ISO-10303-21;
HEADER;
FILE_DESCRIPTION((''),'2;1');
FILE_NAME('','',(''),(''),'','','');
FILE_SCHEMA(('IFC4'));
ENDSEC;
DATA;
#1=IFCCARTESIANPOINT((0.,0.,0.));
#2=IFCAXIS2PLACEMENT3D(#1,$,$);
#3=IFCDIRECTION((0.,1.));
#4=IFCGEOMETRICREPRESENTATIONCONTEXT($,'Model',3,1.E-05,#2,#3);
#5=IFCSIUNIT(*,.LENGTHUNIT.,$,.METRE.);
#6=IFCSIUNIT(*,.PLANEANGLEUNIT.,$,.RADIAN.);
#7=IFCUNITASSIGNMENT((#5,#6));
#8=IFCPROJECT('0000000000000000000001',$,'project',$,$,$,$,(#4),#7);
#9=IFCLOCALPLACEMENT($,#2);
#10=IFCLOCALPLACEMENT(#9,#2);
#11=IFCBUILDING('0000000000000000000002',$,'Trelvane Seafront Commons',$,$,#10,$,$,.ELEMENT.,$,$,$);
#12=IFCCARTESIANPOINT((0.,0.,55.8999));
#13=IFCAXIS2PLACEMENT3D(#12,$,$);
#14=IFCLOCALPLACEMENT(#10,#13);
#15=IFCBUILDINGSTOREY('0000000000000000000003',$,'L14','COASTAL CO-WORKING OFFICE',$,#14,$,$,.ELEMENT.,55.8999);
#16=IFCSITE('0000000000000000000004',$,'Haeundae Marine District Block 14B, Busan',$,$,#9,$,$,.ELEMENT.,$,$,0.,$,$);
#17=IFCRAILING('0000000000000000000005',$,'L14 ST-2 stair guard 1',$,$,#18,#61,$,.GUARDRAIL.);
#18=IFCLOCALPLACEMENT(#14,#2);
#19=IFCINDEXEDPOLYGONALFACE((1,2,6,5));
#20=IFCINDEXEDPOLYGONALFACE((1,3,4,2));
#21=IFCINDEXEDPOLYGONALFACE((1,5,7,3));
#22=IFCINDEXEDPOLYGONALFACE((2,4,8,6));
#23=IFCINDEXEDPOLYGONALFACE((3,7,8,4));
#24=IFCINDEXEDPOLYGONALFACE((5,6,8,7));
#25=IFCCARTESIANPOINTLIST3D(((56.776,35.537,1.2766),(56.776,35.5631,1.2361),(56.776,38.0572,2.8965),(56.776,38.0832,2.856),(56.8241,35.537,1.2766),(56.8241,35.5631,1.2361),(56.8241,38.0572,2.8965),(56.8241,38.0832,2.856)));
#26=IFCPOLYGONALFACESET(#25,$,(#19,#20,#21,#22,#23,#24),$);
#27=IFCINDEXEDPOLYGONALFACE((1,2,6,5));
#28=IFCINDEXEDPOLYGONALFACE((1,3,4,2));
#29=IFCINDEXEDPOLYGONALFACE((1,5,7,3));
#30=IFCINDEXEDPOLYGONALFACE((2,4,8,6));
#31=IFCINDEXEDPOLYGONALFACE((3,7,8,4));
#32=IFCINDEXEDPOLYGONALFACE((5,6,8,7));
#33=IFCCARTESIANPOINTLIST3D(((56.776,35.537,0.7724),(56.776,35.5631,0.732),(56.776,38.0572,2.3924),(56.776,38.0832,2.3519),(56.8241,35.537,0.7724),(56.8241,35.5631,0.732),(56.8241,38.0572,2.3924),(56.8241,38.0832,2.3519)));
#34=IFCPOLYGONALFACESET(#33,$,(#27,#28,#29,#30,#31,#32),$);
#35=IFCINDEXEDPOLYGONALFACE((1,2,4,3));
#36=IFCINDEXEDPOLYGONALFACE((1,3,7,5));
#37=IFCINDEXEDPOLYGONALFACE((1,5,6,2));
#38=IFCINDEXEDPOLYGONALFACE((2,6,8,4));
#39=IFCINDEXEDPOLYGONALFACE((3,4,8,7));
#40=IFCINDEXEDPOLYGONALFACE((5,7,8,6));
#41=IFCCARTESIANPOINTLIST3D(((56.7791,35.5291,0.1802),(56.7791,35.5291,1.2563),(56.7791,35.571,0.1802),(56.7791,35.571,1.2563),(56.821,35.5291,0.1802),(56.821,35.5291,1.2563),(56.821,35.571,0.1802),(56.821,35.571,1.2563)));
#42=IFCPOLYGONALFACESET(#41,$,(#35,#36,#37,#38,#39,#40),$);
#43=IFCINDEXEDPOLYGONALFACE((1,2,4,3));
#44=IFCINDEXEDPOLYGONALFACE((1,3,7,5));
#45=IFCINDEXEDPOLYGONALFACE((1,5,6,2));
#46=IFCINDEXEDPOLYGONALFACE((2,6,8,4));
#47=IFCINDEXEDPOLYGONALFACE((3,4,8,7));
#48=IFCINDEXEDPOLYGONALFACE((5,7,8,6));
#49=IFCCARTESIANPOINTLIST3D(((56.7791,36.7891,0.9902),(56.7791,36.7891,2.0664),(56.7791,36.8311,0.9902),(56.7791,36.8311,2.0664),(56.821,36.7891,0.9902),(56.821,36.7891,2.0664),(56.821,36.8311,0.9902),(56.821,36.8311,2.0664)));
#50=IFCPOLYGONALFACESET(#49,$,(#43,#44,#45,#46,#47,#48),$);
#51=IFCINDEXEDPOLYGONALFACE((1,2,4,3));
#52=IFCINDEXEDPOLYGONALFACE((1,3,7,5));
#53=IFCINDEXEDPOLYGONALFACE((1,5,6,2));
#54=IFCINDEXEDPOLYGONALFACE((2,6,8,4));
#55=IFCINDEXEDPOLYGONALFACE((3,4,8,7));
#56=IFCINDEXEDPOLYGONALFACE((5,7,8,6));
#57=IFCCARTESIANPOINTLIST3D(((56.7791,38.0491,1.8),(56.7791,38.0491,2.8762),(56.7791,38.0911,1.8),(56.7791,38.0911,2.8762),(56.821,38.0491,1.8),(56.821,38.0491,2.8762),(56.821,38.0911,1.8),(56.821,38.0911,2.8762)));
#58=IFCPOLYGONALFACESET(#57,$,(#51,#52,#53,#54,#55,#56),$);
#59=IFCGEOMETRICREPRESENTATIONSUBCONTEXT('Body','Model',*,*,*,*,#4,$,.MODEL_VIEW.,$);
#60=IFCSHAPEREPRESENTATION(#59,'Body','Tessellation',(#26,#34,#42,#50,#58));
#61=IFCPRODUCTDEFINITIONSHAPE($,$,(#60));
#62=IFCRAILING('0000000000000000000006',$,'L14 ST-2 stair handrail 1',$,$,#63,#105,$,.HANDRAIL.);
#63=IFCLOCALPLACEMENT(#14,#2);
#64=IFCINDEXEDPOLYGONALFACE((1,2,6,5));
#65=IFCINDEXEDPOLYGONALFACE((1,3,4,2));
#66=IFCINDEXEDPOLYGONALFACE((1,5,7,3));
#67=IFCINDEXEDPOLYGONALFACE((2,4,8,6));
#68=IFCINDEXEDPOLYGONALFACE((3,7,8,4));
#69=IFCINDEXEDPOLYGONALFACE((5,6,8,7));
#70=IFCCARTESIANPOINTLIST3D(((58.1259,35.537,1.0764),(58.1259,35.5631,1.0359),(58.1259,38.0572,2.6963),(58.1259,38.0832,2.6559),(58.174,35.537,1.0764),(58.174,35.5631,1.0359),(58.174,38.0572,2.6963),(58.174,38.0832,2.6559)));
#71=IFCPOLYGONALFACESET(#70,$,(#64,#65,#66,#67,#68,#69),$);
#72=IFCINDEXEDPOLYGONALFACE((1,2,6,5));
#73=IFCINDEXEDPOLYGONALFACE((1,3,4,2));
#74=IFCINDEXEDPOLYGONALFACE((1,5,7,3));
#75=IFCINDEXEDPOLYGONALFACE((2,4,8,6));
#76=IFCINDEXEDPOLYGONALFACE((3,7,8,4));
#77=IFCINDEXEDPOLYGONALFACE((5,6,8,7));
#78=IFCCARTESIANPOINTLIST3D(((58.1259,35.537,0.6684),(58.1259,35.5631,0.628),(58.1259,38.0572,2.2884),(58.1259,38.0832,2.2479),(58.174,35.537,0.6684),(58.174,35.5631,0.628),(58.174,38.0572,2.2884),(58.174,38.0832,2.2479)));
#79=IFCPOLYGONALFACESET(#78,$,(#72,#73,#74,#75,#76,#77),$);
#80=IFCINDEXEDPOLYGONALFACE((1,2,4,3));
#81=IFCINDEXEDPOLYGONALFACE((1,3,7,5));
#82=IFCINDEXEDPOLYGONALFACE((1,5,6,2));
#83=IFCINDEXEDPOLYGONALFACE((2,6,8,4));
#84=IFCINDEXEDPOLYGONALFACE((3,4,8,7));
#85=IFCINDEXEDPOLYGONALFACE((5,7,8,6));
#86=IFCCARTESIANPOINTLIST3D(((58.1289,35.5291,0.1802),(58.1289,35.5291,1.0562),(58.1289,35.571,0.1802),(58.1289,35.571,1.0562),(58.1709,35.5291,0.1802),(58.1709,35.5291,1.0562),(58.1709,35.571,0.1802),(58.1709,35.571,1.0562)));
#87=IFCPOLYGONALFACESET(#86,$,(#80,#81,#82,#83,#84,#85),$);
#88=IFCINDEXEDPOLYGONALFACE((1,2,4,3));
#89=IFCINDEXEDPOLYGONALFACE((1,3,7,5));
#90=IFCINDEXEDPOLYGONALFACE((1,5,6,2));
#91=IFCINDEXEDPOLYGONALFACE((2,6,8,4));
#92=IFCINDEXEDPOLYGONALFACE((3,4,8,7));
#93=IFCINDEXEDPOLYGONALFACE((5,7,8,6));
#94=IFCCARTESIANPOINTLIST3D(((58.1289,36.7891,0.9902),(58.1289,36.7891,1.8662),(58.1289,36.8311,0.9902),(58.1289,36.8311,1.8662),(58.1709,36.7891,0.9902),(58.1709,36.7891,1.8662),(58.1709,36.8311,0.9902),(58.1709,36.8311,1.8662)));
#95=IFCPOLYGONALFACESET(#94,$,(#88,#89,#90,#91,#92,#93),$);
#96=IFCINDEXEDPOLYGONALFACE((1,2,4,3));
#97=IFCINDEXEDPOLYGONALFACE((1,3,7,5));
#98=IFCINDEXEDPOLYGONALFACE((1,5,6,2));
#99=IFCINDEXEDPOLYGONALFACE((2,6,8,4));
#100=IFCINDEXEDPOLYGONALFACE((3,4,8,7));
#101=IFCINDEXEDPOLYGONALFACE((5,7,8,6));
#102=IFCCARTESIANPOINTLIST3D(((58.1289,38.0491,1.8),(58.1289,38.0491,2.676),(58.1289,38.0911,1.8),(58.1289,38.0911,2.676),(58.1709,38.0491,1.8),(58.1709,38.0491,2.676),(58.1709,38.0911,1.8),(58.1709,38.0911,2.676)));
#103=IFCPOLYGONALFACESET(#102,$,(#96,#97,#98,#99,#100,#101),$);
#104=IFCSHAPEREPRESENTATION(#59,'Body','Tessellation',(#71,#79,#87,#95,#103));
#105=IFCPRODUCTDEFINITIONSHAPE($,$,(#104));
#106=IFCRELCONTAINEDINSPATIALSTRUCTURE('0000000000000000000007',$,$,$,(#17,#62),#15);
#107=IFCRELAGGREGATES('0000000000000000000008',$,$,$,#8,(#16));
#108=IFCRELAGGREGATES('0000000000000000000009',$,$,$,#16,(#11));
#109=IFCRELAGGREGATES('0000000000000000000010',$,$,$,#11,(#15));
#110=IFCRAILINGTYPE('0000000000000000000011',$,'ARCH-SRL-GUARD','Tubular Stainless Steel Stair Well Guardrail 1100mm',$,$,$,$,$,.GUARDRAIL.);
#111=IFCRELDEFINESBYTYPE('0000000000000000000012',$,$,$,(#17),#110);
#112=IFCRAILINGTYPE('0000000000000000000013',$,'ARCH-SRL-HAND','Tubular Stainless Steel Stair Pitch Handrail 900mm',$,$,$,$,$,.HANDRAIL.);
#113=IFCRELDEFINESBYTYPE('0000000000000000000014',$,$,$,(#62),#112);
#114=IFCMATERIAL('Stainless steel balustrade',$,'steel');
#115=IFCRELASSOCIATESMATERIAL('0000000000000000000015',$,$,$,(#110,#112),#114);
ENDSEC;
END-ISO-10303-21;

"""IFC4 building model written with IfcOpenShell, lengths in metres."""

from ifc_helpers import new_model, si_unit, direction, frame, origin, origin_2d, place, context, subcontext, project, spatial, rectangle, extrude, material, type_object, element, save


model = new_model("IFC4")

# Units and contexts
model_context = context("Model", 3, precision=1e-05, world=origin(), true_north=direction((0.0, 1.0)))
body_context = subcontext(model_context, "Body", "Model", "MODEL_VIEW")
ifc_project = project(units=[si_unit("LENGTHUNIT", "METRE"), si_unit("PLANEANGLEUNIT", "RADIAN")], contexts=[model_context])

# Site, building, storey
site_placement = place(None, origin())
site = spatial("IfcSite", under=ifc_project, at=site_placement, Name="Haeundae Marine District Block 14B, Busan", CompositionType="ELEMENT", RefElevation=0.0)
building_placement = place(site_placement, origin())
building = spatial("IfcBuilding", under=site, at=building_placement, Name="Trelvane Seafront Commons", CompositionType="ELEMENT")
storey_placement = place(building_placement, frame((0.0, 0.0, 55.8999)))
storey = spatial("IfcBuildingStorey", under=building, at=storey_placement, Name="L14", Description="COASTAL CO-WORKING OFFICE", CompositionType="ELEMENT", Elevation=55.8999)

# Railings
ifc_material_1 = material(Name="Stainless steel balustrade", Category="steel")
railing_type_1 = type_object("IfcRailingType", Name="ARCH-SRL-GUARD", Description="Tubular Stainless Steel Stair Well Guardrail 1100mm", PredefinedType="GUARDRAIL", material=ifc_material_1)
railing_1_placement = place(storey_placement, frame((56.8, 35.55, 0.1802)))
element("IfcRailing", 1, at=railing_1_placement, inside=storey, type_object=railing_type_1, Name="L14 ST-2 stair guard 1", PredefinedType="GUARDRAIL", context=body_context, shape_type="SweptSolid", body=[
    extrude(rectangle(XDim=0.0481, YDim=0.0481, at=origin_2d()), frame((0.0, 0.0, 1.0762), z_axis=(0.0, 0.8412, 0.540725), x_axis=(-1.0, 0.0, 0.0)), (0.0, 0.0, 1.0), 2.9958),
    extrude(rectangle(XDim=0.0481, YDim=0.0481, at=origin_2d()), frame((0.0, 0.0, 0.572), z_axis=(0.0, 0.8412, 0.540725), x_axis=(-1.0, 0.0, 0.0)), (0.0, 0.0, 1.0), 2.9958),
    extrude(rectangle(XDim=0.042, YDim=0.042, at=origin_2d()), origin(), (0.0, 0.0, 1.0), 1.0762),
    extrude(rectangle(XDim=0.042, YDim=0.042, at=origin_2d()), frame((0.0, 1.26, 0.8101)), (0.0, 0.0, 1.0), 1.0762),
    extrude(rectangle(XDim=0.042, YDim=0.042, at=origin_2d()), frame((0.0, 2.52, 1.6199)), (0.0, 0.0, 1.0), 1.0762),
])
railing_type_2 = type_object("IfcRailingType", Name="ARCH-SRL-HAND", Description="Tubular Stainless Steel Stair Pitch Handrail 900mm", PredefinedType="HANDRAIL", material=ifc_material_1)
railing_2_placement = place(storey_placement, frame((58.1499, 35.55, 0.1802)))
element("IfcRailing", 2, at=railing_2_placement, inside=storey, type_object=railing_type_2, Name="L14 ST-2 stair handrail 1", PredefinedType="HANDRAIL", context=body_context, shape_type="SweptSolid", body=[
    extrude(rectangle(XDim=0.0481, YDim=0.0481, at=origin_2d()), frame((0.0, 0.0, 0.876), z_axis=(0.0, 0.8412, 0.540725), x_axis=(-1.0, 0.0, 0.0)), (0.0, 0.0, 1.0), 2.9958),
    extrude(rectangle(XDim=0.0481, YDim=0.0481, at=origin_2d()), frame((0.0, 0.0, 0.468), z_axis=(0.0, 0.8412, 0.540725), x_axis=(-1.0, 0.0, 0.0)), (0.0, 0.0, 1.0), 2.9958),
    extrude(rectangle(XDim=0.042, YDim=0.042, at=origin_2d()), origin(), (0.0, 0.0, 1.0), 0.876),
    extrude(rectangle(XDim=0.042, YDim=0.042, at=origin_2d()), frame((0.0, 1.26, 0.8101)), (0.0, 0.0, 1.0), 0.876),
    extrude(rectangle(XDim=0.042, YDim=0.042, at=origin_2d()), frame((0.0, 2.52, 1.6199)), (0.0, 0.0, 1.0), 0.876),
])

save(model, "model.ifc")
